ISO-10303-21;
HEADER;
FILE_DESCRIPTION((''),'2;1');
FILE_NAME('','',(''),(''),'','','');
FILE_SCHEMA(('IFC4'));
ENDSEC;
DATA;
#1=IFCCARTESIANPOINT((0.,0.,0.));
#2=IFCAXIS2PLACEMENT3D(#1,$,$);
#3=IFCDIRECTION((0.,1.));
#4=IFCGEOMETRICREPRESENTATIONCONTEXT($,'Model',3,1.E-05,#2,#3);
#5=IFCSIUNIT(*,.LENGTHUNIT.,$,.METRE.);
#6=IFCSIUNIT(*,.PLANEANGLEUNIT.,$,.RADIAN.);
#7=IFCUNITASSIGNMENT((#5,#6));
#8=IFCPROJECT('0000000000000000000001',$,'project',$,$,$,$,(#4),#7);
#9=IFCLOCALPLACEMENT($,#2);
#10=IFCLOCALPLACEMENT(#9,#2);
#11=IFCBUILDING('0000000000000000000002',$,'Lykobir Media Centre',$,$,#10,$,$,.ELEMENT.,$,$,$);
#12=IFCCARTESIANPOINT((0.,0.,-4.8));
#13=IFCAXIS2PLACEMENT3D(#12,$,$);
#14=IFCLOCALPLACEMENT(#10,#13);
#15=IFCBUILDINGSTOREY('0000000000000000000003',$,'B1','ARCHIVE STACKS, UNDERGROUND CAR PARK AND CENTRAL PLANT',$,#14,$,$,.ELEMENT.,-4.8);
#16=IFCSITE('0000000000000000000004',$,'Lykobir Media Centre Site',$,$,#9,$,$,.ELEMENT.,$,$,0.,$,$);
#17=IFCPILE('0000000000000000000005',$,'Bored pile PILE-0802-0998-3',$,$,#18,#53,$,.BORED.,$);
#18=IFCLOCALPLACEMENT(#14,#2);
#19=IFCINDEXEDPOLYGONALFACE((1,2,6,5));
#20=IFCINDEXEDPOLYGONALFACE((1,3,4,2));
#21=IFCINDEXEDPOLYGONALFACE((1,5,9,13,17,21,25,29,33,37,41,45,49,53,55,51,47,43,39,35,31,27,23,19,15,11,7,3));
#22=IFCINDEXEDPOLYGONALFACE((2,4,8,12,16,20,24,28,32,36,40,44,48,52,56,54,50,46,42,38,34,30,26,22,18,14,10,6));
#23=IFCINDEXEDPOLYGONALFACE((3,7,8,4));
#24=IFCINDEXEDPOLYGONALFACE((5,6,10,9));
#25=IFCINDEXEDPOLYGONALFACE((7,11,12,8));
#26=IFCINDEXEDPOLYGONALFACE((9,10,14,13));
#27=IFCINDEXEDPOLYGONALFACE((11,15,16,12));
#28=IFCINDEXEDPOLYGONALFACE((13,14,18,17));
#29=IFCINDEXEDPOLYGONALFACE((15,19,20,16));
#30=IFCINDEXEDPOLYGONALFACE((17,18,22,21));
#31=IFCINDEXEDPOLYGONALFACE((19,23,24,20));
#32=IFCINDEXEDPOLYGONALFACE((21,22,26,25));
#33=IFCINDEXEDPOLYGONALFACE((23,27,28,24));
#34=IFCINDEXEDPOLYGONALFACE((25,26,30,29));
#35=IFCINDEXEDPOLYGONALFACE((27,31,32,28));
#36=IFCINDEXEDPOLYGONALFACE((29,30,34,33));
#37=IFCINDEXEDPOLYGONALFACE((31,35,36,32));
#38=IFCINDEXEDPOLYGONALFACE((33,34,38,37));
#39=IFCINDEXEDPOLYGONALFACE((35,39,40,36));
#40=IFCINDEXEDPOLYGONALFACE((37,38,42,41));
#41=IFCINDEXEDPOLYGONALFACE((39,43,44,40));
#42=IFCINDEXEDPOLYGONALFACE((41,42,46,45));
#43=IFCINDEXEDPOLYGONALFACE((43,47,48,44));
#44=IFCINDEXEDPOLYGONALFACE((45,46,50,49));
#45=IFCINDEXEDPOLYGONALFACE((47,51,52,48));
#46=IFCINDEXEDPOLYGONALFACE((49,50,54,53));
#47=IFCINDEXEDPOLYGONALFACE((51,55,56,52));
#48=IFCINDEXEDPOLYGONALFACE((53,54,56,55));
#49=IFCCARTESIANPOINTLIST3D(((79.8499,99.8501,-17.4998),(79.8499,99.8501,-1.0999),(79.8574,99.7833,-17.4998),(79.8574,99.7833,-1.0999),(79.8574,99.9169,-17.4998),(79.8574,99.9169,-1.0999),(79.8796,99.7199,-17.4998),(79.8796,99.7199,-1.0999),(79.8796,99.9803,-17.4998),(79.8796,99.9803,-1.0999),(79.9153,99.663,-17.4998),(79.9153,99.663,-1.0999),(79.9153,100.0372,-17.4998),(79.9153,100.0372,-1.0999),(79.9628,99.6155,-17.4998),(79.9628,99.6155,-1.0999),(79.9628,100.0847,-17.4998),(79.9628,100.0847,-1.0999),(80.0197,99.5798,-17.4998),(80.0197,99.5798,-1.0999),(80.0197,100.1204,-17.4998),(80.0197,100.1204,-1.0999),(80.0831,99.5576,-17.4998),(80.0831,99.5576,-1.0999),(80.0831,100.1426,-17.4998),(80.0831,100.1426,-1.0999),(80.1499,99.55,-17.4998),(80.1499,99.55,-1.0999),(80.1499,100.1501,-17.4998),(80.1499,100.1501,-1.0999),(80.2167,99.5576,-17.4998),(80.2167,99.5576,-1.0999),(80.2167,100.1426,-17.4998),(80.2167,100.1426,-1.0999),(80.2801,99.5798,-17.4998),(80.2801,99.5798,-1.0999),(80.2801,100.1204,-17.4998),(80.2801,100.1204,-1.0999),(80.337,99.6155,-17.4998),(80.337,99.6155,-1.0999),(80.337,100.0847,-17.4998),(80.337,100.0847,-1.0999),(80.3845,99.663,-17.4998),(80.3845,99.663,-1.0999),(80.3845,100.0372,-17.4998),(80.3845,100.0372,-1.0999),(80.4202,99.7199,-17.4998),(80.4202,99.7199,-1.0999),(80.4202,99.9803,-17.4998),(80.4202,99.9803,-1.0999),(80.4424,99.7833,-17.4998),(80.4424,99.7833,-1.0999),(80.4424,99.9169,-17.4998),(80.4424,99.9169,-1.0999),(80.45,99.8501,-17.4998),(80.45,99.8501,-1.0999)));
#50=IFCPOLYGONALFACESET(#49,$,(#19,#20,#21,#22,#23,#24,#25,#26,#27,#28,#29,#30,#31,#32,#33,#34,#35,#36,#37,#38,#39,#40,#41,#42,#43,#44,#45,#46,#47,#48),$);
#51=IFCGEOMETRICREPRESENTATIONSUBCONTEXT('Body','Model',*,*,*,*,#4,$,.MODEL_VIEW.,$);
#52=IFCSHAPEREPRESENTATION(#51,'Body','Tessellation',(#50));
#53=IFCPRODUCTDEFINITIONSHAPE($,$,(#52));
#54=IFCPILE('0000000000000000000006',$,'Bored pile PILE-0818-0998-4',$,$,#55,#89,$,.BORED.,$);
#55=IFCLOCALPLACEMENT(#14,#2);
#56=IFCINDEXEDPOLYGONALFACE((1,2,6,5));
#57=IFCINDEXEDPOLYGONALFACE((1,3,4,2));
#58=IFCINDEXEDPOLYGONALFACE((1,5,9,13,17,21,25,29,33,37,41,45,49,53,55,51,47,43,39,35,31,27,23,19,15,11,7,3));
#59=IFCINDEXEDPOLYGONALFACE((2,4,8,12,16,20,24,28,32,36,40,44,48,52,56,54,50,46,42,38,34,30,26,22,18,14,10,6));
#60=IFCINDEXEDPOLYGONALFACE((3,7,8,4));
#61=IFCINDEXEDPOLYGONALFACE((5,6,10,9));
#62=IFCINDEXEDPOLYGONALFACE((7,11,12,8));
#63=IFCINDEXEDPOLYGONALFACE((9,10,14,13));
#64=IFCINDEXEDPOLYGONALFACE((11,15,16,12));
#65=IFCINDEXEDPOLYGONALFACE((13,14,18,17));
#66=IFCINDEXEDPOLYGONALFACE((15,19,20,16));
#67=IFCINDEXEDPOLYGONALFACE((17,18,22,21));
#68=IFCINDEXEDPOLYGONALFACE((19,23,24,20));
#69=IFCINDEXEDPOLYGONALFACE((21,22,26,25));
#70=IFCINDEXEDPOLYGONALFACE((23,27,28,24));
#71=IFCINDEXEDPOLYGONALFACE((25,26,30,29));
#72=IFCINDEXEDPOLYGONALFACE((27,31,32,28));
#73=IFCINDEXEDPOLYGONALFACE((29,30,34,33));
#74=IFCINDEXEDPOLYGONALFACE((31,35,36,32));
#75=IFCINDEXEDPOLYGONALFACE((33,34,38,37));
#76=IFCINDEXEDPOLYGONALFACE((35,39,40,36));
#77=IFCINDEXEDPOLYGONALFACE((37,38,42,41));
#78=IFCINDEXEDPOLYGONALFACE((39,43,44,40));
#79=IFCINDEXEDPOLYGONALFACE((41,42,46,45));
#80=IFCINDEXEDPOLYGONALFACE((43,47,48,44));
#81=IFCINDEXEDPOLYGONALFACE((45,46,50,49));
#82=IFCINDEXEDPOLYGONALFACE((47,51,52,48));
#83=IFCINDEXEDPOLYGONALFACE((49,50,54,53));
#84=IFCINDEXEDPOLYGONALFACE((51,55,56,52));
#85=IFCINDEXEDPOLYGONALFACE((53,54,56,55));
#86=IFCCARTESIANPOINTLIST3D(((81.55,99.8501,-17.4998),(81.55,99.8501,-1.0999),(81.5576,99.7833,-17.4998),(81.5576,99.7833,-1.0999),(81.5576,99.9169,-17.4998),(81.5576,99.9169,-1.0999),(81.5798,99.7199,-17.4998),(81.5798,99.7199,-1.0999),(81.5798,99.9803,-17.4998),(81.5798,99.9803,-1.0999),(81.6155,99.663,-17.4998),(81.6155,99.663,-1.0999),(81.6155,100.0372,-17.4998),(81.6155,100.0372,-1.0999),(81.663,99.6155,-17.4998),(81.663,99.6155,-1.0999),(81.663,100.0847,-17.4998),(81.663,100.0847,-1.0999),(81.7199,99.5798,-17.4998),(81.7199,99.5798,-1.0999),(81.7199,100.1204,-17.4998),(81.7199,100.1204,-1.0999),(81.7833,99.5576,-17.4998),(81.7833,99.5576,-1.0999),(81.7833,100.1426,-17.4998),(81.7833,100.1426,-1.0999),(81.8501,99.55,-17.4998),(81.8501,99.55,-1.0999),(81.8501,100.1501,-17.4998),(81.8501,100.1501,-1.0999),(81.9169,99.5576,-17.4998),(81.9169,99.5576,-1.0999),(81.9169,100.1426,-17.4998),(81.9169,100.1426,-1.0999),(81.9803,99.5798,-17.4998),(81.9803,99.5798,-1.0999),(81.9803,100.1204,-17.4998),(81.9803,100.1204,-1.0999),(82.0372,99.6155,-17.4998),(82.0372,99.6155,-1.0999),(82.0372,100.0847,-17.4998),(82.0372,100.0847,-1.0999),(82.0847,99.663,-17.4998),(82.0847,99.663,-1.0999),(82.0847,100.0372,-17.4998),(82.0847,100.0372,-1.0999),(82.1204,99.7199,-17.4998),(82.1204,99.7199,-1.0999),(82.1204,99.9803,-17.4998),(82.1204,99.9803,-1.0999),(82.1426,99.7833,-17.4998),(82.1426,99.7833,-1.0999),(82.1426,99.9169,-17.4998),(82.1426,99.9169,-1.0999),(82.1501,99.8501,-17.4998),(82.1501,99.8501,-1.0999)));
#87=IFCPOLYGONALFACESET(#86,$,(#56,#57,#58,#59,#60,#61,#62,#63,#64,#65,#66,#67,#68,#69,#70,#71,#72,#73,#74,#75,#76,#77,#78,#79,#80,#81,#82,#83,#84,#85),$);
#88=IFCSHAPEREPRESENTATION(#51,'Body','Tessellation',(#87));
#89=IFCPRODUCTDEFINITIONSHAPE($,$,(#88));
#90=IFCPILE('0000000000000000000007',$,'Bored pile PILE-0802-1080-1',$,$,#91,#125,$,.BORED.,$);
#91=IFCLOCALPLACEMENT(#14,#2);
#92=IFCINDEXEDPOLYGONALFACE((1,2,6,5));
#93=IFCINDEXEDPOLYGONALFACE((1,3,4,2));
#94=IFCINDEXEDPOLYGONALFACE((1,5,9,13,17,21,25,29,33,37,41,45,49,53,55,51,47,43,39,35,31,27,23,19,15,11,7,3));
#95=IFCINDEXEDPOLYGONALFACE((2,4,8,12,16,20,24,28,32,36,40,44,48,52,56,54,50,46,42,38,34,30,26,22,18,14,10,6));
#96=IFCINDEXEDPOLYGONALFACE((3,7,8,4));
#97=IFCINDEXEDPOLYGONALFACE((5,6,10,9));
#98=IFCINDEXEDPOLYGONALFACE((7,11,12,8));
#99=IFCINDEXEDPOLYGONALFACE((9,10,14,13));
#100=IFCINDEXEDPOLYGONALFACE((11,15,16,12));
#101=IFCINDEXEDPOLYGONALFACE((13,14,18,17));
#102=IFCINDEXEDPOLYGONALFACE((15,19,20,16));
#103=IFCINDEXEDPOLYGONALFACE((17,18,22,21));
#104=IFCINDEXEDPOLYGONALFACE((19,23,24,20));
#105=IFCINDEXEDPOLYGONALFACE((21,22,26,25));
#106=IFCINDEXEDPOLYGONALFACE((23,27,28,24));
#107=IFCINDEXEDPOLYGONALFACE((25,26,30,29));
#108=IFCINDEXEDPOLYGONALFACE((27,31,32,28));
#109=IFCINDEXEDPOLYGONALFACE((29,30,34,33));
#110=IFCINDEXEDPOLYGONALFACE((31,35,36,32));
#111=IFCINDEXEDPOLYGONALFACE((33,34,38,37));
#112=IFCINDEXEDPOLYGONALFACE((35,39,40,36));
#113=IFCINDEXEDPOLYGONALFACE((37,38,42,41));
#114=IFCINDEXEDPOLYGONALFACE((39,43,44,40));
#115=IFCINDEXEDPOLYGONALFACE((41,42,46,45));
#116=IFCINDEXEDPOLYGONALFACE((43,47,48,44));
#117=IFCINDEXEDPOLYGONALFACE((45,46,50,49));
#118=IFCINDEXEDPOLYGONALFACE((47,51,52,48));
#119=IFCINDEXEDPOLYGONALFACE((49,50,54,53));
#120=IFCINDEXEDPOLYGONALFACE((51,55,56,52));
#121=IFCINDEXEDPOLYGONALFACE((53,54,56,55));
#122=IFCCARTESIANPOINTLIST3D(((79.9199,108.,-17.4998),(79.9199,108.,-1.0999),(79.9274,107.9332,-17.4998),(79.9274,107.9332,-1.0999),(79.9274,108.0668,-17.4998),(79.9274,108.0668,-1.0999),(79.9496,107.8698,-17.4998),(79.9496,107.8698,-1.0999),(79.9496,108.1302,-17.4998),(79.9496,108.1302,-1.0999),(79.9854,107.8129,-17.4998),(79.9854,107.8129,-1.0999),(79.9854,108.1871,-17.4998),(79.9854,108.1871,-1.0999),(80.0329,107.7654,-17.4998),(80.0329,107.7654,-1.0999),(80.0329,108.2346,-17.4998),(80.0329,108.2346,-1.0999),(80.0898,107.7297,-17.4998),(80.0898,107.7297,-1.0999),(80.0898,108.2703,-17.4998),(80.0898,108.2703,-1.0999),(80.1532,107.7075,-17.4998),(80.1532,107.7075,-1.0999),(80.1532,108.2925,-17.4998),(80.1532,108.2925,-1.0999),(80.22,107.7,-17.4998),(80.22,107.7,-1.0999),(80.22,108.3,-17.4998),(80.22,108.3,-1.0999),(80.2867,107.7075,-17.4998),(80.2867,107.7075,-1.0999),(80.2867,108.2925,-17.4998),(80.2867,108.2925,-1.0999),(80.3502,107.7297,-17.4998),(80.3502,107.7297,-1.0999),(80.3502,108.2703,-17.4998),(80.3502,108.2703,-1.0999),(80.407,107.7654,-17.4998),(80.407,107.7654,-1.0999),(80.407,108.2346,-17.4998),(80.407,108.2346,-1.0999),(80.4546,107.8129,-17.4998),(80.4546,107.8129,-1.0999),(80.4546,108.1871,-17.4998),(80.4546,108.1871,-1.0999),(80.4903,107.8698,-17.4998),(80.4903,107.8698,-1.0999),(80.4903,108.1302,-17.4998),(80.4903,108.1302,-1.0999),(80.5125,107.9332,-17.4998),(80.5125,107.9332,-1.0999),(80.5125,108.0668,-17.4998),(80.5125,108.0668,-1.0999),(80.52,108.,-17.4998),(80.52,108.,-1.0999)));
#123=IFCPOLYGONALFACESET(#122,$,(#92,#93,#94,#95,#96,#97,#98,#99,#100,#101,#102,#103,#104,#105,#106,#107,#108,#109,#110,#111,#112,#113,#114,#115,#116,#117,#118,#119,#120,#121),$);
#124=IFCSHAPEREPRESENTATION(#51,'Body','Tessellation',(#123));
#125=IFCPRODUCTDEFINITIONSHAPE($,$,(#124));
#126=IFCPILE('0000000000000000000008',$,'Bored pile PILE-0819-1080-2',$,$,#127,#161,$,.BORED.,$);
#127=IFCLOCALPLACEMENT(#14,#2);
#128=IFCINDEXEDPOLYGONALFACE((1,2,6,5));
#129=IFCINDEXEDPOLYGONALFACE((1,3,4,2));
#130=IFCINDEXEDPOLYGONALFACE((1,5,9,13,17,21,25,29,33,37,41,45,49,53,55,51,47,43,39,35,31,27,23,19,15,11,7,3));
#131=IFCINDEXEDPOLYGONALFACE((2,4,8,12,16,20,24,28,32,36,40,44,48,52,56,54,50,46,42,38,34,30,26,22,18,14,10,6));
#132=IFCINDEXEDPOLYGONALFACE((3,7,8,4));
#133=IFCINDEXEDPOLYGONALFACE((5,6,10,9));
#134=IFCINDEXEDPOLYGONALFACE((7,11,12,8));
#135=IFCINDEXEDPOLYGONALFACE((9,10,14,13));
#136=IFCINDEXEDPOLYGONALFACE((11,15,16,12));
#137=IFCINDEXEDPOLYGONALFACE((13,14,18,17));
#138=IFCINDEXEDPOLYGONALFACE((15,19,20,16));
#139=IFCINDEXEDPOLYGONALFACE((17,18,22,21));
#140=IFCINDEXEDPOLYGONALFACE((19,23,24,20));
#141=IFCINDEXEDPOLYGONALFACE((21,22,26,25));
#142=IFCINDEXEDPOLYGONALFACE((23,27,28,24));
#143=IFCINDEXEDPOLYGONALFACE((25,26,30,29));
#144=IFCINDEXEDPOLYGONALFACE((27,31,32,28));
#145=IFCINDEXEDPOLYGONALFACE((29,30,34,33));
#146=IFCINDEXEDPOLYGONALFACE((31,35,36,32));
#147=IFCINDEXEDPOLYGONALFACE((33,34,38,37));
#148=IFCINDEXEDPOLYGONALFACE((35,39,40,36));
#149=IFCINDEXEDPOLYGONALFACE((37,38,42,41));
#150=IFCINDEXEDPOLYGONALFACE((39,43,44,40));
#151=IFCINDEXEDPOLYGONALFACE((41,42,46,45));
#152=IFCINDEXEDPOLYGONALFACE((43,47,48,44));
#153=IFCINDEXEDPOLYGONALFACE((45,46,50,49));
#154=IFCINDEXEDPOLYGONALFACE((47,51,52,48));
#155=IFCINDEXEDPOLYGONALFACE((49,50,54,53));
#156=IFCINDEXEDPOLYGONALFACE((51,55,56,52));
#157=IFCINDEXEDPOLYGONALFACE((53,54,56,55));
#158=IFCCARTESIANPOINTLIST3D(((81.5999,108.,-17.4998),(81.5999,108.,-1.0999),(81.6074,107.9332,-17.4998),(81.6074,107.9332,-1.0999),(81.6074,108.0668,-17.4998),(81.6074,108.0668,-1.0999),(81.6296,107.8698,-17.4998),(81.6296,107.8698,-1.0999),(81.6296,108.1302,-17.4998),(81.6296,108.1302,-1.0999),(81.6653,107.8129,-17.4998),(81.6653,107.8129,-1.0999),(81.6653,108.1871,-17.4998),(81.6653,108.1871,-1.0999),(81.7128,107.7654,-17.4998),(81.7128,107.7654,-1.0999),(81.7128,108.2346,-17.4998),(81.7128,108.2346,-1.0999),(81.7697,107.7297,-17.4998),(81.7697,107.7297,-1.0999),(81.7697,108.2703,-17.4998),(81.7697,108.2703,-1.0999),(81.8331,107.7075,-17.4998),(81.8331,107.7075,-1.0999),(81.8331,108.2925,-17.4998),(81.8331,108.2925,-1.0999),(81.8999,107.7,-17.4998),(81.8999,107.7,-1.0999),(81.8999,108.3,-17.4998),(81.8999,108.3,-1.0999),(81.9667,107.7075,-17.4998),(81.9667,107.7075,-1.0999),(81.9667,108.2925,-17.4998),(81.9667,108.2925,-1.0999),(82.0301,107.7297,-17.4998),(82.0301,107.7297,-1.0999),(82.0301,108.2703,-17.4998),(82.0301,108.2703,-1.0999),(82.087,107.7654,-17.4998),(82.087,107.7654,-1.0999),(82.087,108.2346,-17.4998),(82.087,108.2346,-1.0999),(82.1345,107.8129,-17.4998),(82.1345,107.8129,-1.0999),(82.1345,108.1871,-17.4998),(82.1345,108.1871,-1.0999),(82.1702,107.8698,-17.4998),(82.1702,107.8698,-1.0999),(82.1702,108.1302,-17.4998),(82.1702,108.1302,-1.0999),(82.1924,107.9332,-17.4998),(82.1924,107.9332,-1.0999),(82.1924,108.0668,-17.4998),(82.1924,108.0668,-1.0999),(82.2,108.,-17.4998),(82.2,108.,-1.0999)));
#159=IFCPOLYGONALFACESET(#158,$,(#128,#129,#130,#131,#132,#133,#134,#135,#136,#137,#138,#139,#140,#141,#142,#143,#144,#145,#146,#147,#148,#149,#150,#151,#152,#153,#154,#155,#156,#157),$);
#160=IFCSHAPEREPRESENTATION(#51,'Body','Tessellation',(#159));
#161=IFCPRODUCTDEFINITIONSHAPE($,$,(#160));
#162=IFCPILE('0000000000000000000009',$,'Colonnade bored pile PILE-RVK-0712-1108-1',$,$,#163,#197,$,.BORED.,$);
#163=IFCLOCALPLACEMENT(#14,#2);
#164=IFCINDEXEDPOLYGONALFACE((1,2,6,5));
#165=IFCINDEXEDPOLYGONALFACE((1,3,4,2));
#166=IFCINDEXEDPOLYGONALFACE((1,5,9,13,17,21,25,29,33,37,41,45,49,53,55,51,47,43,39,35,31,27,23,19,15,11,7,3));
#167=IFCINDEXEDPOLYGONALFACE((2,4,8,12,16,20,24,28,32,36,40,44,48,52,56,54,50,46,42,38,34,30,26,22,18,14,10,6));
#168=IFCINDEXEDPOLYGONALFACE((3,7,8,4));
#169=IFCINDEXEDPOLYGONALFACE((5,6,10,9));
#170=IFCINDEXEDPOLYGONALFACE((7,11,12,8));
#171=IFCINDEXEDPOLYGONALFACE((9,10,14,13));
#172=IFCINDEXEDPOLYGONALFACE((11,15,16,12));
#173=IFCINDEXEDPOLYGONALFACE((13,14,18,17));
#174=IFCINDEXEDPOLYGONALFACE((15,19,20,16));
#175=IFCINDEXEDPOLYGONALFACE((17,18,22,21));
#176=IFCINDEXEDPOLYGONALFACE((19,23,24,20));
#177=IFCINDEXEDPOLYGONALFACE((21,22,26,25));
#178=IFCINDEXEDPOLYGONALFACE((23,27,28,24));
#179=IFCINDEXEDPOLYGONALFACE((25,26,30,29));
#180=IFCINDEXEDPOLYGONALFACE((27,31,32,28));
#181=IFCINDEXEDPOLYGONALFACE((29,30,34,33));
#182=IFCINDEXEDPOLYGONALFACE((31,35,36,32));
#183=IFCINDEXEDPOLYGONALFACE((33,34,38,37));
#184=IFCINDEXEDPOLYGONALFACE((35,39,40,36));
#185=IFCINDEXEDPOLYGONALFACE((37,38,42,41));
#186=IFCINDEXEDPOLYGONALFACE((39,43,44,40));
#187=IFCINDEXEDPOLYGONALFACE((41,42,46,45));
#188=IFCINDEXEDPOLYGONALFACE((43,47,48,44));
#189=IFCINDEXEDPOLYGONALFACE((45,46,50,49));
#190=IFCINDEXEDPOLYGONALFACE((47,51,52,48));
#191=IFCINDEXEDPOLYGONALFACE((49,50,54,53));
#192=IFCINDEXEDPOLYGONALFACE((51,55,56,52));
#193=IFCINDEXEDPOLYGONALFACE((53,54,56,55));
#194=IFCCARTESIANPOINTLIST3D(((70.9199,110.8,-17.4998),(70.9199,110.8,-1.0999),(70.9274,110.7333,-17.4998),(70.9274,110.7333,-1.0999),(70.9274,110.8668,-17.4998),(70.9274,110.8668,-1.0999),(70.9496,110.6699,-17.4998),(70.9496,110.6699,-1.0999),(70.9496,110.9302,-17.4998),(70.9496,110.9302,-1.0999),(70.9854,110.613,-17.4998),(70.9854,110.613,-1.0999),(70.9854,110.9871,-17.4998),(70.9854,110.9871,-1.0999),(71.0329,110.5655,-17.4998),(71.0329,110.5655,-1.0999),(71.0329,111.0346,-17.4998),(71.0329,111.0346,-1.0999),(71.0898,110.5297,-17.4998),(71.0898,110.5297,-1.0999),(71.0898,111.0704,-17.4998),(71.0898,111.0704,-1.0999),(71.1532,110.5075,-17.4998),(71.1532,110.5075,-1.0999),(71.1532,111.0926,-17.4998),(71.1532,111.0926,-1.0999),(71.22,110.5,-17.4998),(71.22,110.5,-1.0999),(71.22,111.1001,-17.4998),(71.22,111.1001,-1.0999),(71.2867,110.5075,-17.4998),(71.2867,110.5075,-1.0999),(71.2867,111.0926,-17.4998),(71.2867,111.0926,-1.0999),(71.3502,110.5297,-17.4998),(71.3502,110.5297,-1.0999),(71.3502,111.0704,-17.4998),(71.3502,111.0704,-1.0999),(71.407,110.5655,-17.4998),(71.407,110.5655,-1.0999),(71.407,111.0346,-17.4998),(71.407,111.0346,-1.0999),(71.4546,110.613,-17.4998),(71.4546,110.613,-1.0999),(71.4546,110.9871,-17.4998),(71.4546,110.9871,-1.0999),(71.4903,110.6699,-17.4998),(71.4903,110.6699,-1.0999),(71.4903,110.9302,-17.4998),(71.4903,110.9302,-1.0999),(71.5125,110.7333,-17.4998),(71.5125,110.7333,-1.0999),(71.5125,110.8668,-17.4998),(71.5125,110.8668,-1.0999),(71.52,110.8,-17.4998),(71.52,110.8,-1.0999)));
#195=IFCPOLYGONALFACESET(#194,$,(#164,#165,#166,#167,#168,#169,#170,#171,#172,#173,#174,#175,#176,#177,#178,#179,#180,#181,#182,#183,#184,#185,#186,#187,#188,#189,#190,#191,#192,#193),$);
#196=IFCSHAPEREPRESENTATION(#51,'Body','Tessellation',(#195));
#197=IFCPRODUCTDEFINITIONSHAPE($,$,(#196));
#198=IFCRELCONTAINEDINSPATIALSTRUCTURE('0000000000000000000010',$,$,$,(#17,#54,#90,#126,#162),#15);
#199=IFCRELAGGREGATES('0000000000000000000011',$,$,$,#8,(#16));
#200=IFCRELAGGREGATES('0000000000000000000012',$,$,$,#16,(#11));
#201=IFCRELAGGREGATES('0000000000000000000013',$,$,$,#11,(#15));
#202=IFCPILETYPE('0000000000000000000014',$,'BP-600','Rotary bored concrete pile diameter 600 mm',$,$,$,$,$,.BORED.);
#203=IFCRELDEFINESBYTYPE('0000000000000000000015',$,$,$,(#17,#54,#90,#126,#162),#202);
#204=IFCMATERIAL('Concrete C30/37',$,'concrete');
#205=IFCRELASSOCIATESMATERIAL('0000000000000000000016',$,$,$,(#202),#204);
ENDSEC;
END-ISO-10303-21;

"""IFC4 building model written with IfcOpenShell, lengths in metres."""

from ifc_helpers import new_model, si_unit, direction, frame, origin, origin_2d, place, context, subcontext, project, spatial, circle, extrude, material, material_profile, profile_set, type_object, element, save


model = new_model("IFC4")

# Units and contexts
model_context = context("Model", 3, precision=1e-05, world=origin(), true_north=direction((0.0, 1.0)))
body_context = subcontext(model_context, "Body", "Model", "MODEL_VIEW")
ifc_project = project(units=[si_unit("LENGTHUNIT", "METRE"), si_unit("PLANEANGLEUNIT", "RADIAN")], contexts=[model_context])

# Site, building, storey
site_placement = place(None, origin())
site = spatial("IfcSite", under=ifc_project, at=site_placement, Name="Lykobir Media Centre Site", CompositionType="ELEMENT", RefElevation=0.0)
building_placement = place(site_placement, origin())
building = spatial("IfcBuilding", under=site, at=building_placement, Name="Lykobir Media Centre", CompositionType="ELEMENT")
storey_placement = place(building_placement, frame((0.0, 0.0, -4.8)))
storey = spatial("IfcBuildingStorey", under=building, at=storey_placement, Name="B1", Description="ARCHIVE STACKS, UNDERGROUND CAR PARK AND CENTRAL PLANT", CompositionType="ELEMENT", Elevation=-4.8)

# Piles
ifc_material_1 = material(Name="Concrete C30/37", Category="concrete")
ifc_material_profile_1 = material_profile(ifc_material_1, circle(Radius=0.3, at=origin_2d()), Name="BORED PILE D600")
ifc_profile_set_1 = profile_set([ifc_material_profile_1], Name="Concrete C30/37")
pile_type = type_object("IfcPileType", Name="BP-600", Description="Rotary bored concrete pile diameter 600 mm", PredefinedType="BORED", material=ifc_profile_set_1)
for number, where, z_axis, x_axis, name in (
    (1, (80.1499, 99.8501, -1.0999), (0.0, 0.0, -1.0), (1.0, 0.0, 0.0), "Bored pile PILE-0802-0998-3"),
    (2, (81.8501, 99.8501, -1.0999), (0.0, 0.0, -1.0), (1.0, 0.0, 0.0), "Bored pile PILE-0818-0998-4"),
    (3, (80.22, 108.0, -1.0999), (0.0, 0.0, -1.0), (1.0, 0.0, 0.0), "Bored pile PILE-0802-1080-1"),
    (4, (81.8999, 108.0, -1.0999), (0.0, 0.0, -1.0), (1.0, 0.0, 0.0), "Bored pile PILE-0819-1080-2"),
    (5, (71.22, 110.8, -1.0999), (0.0, 0.0, -1.0), (1.0, 0.0, 0.0), "Colonnade bored pile PILE-RVK-0712-1108-1"),
):
    element("IfcPile", number, at=place(storey_placement, frame(where, z_axis=z_axis, x_axis=x_axis)), inside=storey, type_object=pile_type, Name=name, PredefinedType="BORED", context=body_context, shape_type="SweptSolid", body=[
        extrude(circle(Radius=0.3, at=origin_2d()), origin(), (0.0, 0.0, 1.0), 16.3999),
    ])

save(model, "model.ifc")
